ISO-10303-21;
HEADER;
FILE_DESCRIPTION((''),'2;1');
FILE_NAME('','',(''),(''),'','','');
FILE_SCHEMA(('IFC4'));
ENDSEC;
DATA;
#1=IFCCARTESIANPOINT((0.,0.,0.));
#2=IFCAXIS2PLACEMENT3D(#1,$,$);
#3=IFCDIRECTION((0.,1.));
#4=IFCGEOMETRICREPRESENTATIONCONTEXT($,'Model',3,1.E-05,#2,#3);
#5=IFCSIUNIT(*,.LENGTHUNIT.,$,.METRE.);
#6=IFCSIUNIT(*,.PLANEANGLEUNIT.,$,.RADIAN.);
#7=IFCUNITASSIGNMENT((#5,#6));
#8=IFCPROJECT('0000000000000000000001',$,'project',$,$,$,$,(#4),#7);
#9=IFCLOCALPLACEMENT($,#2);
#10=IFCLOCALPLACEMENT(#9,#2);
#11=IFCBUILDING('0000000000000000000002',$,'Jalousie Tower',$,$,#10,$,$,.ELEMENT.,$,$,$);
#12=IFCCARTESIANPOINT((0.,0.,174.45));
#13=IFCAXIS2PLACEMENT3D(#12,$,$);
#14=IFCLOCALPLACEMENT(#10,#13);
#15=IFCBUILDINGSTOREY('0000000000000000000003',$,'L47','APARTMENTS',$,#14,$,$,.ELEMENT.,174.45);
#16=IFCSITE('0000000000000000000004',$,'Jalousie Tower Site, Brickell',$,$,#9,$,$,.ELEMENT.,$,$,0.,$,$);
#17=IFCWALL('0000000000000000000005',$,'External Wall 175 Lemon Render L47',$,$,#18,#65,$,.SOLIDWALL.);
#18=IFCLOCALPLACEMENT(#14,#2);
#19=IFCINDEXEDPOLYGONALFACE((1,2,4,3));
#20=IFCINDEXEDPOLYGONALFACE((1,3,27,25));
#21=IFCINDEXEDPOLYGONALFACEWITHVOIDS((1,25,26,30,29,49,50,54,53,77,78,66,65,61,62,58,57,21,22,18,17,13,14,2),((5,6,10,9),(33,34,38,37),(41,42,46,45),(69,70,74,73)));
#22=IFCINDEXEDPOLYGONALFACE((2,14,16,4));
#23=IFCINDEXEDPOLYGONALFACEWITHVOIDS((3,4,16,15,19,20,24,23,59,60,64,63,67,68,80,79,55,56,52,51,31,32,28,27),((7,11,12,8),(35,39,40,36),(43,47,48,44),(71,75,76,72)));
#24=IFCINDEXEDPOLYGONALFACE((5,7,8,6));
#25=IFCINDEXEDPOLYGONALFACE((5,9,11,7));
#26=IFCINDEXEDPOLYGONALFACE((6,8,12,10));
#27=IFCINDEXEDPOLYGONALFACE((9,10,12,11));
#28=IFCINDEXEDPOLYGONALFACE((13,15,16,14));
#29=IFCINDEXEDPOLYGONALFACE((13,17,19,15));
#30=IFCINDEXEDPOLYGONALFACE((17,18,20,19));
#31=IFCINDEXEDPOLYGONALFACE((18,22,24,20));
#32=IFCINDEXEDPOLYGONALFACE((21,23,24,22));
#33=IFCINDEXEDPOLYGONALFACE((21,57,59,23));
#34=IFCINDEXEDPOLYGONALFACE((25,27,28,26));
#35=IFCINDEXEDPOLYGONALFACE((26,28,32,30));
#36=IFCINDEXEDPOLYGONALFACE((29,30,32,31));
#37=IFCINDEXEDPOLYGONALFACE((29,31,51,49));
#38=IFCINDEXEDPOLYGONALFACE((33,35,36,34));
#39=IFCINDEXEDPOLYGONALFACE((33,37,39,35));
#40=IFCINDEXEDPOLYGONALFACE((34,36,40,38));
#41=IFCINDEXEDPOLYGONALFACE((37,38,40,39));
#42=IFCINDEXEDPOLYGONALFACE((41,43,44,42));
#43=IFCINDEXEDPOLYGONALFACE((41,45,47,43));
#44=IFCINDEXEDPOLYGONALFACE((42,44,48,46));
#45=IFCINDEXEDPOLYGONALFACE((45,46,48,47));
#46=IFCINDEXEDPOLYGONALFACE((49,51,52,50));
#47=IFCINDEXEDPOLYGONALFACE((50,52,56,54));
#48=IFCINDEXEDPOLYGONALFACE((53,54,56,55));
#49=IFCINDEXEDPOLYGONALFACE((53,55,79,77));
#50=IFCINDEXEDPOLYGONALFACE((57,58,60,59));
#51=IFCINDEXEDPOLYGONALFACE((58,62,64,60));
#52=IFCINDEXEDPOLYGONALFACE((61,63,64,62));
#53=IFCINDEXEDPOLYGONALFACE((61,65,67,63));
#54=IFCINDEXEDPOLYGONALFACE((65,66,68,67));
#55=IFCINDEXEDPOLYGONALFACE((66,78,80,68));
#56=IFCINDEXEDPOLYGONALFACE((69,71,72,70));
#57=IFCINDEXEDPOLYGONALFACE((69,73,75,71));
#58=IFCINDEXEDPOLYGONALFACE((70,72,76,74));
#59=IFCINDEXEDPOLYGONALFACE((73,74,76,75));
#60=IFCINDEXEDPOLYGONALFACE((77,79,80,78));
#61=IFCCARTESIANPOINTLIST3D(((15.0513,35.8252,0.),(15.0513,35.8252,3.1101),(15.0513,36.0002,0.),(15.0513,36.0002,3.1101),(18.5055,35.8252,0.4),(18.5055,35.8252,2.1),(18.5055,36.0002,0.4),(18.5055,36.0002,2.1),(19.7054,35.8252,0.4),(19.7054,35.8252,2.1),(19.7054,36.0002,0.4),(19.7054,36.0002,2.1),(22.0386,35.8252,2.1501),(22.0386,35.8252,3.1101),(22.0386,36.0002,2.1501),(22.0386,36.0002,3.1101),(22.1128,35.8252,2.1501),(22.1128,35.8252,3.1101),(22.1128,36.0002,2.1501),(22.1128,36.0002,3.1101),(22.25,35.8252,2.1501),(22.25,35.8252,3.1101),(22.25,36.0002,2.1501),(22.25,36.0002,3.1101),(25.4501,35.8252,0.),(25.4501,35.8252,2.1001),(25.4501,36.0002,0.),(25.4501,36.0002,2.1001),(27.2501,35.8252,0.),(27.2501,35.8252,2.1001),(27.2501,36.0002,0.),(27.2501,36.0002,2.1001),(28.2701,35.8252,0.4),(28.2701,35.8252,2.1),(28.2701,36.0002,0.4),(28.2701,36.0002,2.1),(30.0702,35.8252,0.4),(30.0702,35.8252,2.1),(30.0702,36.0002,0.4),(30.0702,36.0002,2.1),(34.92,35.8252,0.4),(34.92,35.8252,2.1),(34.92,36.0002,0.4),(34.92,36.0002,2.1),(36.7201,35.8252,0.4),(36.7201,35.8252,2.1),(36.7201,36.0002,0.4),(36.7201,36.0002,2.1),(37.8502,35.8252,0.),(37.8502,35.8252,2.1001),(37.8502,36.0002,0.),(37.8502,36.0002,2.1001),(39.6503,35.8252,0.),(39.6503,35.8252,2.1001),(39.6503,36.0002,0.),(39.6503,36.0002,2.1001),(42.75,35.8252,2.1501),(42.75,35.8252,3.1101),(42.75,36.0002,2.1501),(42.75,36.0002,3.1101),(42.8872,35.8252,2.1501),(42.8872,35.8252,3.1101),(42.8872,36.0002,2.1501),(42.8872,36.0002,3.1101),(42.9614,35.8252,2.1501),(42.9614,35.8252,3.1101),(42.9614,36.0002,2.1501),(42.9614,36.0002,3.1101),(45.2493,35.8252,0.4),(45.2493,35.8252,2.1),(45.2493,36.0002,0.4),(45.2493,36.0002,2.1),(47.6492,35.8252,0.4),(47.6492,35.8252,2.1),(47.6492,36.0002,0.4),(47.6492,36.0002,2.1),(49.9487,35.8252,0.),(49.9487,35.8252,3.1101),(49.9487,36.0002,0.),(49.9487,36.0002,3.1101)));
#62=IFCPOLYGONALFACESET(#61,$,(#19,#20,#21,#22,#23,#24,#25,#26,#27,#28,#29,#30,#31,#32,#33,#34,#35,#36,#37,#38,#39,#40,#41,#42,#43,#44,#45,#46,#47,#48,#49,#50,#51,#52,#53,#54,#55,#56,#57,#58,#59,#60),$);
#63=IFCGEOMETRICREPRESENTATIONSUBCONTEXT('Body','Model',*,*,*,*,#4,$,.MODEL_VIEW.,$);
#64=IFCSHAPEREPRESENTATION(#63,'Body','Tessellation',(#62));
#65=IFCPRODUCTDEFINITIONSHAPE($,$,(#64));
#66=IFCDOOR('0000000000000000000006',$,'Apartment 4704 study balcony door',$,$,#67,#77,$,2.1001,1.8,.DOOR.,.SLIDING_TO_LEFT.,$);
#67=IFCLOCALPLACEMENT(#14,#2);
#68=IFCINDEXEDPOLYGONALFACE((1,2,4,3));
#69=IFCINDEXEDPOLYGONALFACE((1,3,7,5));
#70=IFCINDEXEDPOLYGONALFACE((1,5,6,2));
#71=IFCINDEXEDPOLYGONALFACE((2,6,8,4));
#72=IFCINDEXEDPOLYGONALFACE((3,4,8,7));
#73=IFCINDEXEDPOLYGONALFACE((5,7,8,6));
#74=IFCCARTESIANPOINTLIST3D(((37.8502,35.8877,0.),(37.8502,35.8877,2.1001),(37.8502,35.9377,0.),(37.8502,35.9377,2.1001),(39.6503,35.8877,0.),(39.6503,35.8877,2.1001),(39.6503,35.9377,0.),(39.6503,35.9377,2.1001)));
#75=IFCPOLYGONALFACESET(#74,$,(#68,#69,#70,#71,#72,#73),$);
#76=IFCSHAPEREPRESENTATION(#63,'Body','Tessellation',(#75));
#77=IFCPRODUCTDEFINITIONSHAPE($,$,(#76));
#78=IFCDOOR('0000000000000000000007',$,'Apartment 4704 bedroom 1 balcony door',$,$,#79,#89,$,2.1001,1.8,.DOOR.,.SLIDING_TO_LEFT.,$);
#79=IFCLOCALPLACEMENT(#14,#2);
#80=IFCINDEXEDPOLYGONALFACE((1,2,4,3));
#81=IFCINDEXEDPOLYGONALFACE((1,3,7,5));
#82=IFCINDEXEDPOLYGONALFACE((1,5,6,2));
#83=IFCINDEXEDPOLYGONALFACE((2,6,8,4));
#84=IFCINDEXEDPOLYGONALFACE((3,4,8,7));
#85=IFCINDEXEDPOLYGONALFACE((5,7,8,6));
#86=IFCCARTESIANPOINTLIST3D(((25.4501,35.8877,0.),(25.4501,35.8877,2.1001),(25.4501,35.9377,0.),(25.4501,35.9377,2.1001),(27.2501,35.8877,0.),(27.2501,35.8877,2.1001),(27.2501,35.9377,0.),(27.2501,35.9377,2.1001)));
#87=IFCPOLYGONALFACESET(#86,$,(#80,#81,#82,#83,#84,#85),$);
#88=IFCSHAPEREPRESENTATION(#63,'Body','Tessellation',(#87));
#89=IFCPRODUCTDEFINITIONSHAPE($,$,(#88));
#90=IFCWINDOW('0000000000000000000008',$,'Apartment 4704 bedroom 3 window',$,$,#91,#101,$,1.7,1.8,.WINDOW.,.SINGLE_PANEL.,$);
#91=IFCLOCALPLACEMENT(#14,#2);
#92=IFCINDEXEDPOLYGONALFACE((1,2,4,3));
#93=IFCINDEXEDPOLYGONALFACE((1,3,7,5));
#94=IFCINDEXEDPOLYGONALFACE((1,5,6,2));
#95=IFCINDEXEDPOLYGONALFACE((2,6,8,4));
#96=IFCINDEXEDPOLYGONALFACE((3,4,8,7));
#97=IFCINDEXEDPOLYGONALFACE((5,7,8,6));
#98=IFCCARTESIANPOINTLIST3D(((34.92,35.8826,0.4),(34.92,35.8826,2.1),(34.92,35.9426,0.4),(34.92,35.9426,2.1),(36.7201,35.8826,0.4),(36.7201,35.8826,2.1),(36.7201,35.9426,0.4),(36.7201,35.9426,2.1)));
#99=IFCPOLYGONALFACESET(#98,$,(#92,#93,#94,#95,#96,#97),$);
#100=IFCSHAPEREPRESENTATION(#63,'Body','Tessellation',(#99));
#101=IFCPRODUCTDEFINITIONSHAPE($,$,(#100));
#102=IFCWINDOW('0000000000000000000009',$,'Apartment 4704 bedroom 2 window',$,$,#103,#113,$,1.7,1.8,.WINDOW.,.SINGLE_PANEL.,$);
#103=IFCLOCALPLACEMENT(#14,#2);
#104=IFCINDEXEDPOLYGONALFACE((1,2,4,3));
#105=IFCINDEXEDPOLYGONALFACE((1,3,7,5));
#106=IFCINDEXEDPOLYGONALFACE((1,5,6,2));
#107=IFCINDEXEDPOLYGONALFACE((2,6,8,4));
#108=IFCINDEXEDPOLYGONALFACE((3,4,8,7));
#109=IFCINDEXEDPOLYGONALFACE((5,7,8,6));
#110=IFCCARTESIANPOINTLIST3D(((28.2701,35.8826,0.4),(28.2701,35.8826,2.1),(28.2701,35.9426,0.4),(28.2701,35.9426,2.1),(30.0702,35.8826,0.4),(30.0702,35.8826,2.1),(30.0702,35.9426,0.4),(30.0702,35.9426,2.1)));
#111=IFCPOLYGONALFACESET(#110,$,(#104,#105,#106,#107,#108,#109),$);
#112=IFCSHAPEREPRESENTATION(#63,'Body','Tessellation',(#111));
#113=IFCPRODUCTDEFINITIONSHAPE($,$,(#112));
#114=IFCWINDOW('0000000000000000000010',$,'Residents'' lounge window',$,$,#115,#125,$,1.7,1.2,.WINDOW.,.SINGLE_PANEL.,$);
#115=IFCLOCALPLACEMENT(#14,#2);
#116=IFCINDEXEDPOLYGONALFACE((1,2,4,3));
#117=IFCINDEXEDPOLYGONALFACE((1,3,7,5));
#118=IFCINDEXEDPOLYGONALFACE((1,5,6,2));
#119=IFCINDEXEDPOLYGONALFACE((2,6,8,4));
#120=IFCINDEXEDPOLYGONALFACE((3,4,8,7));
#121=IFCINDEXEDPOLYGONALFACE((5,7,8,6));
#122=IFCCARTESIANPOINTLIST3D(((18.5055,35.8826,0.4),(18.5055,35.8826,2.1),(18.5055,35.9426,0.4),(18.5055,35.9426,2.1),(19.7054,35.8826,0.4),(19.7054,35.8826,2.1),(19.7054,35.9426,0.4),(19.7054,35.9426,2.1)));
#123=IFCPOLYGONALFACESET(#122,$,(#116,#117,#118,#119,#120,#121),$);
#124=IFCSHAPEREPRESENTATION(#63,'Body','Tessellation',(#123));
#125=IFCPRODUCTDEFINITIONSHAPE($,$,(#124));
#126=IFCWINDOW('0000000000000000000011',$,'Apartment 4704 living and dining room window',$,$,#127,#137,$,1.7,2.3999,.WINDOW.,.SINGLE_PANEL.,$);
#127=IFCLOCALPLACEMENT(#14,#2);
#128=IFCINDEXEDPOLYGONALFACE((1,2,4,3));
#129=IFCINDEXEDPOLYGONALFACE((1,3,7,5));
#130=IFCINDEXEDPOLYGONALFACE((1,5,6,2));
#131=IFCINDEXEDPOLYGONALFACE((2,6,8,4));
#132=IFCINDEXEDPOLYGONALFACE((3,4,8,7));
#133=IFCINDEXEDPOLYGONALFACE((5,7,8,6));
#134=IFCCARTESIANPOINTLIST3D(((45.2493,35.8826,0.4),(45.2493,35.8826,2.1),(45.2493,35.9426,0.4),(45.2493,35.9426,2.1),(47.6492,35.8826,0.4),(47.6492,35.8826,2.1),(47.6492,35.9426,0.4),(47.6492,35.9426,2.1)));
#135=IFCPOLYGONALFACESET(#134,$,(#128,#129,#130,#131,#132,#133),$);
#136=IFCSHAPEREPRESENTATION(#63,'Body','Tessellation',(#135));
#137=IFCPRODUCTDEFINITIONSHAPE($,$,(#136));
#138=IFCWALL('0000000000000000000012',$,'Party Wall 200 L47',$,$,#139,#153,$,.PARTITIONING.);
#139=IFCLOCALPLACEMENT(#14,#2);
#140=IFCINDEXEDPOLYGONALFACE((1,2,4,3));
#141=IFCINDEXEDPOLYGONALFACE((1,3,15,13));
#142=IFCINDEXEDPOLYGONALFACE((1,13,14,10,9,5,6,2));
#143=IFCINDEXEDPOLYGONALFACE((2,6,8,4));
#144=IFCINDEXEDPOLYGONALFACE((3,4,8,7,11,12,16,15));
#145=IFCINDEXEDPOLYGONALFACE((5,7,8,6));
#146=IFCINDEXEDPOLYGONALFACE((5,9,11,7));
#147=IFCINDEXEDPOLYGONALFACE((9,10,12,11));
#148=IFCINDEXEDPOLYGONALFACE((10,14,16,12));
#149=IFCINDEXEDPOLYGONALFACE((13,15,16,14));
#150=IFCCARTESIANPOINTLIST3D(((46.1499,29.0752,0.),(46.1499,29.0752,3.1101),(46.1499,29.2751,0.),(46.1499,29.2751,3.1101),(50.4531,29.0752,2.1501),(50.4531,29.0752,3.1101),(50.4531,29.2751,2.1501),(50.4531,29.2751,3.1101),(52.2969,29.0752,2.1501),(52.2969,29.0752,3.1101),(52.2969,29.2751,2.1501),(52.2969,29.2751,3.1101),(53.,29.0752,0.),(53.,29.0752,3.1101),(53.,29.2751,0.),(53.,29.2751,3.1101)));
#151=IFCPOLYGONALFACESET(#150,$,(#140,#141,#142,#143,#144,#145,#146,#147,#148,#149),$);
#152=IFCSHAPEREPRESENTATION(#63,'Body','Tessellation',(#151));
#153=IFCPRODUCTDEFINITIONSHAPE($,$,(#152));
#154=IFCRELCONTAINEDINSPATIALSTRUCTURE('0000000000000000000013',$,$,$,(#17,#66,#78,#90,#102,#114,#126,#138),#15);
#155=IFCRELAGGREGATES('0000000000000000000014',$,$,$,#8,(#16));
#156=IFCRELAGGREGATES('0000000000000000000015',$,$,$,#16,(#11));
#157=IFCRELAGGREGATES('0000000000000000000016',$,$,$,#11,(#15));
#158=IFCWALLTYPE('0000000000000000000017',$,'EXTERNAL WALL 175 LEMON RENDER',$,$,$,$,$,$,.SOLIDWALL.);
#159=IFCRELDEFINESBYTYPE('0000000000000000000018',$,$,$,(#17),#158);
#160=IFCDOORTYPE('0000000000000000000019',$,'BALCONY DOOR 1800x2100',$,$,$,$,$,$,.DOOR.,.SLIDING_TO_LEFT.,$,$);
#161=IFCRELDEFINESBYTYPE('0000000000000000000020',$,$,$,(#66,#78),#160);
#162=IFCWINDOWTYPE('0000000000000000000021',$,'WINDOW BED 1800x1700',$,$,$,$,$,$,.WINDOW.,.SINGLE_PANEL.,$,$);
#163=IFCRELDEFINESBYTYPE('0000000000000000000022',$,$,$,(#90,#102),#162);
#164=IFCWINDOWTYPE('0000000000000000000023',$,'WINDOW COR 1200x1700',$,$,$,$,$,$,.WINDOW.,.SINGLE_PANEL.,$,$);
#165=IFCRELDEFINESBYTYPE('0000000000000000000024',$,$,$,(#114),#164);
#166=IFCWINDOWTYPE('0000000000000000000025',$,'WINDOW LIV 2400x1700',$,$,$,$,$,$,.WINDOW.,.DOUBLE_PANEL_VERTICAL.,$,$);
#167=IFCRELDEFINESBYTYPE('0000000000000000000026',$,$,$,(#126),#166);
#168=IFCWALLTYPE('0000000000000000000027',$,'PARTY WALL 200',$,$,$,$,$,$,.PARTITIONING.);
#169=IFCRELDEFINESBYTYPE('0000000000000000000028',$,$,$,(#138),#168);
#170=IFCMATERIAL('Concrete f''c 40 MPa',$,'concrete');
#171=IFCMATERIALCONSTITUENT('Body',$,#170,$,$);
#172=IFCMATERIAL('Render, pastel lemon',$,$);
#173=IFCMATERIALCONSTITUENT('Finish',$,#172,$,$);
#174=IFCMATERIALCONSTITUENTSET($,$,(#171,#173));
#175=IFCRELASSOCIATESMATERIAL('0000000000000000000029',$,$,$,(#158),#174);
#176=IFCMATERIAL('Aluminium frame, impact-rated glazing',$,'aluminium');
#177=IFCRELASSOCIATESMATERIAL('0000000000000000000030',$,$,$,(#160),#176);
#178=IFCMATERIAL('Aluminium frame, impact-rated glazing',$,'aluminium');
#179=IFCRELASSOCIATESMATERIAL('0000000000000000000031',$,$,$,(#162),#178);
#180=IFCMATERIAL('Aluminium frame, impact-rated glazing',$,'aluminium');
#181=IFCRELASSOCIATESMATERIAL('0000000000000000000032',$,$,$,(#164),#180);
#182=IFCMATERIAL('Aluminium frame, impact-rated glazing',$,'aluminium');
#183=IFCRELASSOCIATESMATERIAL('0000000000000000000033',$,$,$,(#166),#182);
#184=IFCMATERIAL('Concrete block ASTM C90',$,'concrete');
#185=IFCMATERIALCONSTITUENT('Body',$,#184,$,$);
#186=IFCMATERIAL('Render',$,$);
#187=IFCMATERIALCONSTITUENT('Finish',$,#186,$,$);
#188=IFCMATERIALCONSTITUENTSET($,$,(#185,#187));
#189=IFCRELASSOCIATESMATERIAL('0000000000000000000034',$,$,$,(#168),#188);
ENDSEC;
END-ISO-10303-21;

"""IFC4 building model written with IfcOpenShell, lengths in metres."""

from ifc_helpers import new_model, si_unit, direction, frame, frame_2d, origin, place, context, subcontext, project, spatial, polyline, rectangle, outline, extrude, material, constituent, constituent_set, type_object, element, fill, save


model = new_model("IFC4")

# Units and contexts
model_context = context("Model", 3, precision=1e-05, world=origin(), true_north=direction((0.0, 1.0)))
body_context = subcontext(model_context, "Body", "Model", "MODEL_VIEW")
ifc_project = project(units=[si_unit("LENGTHUNIT", "METRE"), si_unit("PLANEANGLEUNIT", "RADIAN")], contexts=[model_context])

# Site, building, storey
site_placement = place(None, origin())
site = spatial("IfcSite", under=ifc_project, at=site_placement, Name="Jalousie Tower Site, Brickell", CompositionType="ELEMENT", RefElevation=0.0)
building_placement = place(site_placement, origin())
building = spatial("IfcBuilding", under=site, at=building_placement, Name="Jalousie Tower", CompositionType="ELEMENT")
storey_placement = place(building_placement, frame((0.0, 0.0, 174.45)))
storey = spatial("IfcBuildingStorey", under=building, at=storey_placement, Name="L47", Description="APARTMENTS", CompositionType="ELEMENT", Elevation=174.45)

# Wall, openings, doors, windows
ifc_material_1 = material(Name="Concrete f'c 40 MPa", Category="concrete")
ifc_constituent_1 = constituent(ifc_material_1, Name="Body")
ifc_material_2 = material(Name="Render, pastel lemon")
ifc_constituent_2 = constituent(ifc_material_2, Name="Finish")
ifc_constituent_set_1 = constituent_set(constituents=[ifc_constituent_1, ifc_constituent_2])
wall_type_1 = type_object("IfcWallType", Name="EXTERNAL WALL 175 LEMON RENDER", PredefinedType="SOLIDWALL", material=ifc_constituent_set_1)
wall_1_placement = place(storey_placement, frame((49.9487, 35.9126, 0.0), z_axis=(0.0, 0.0, 1.0), x_axis=(-1.0, 0.0, 0.0)))
wall_1 = element("IfcWall", 1, at=wall_1_placement, inside=storey, type_object=wall_type_1, Name="External Wall 175 Lemon Render L47", PredefinedType="SOLIDWALL", context=body_context, shape_type="SweptSolid", body=[
    extrude(outline(polyline([(0.0, 0.0), (34.8975, 0.0), (34.8975, 3.1101), (27.9102, 3.1101), (27.9102, 2.1501), (27.8359, 2.1501), (27.8359, 3.1101), (27.6987, 3.1101), (27.6987, 2.1501), (7.1987, 2.1501), (7.1987, 3.1101), (7.0615, 3.1101), (7.0615, 2.1501), (6.9873, 2.1501), (6.9873, 3.1101), (0.0, 3.1101), (0.0, 0.0)])), frame((0.0, 0.0874, 0.0), z_axis=(0.0, -1.0, 0.0), x_axis=(1.0, 0.0, 0.0)), (0.0, 0.0, 1.0), 0.175),
])
opening_1_placement = place(wall_1_placement, frame((2.2996, 0.0, 0.3999)))
opening_1 = element("IfcOpeningElement", 2, at=opening_1_placement, cuts=wall_1, PredefinedType="OPENING", context=body_context, shape_type="SweptSolid", body=[
    extrude(rectangle(XDim=2.3999, YDim=1.7, at=frame_2d((1.2, 0.8501))), frame((0.0, 0.0974, 0.0), z_axis=(0.0, -1.0, 0.0), x_axis=(1.0, 0.0, 0.0)), (0.0, 0.0, 1.0), 0.1951),
])
opening_2_placement = place(wall_1_placement, frame((10.2986, 0.0, 0.0)))
opening_2 = element("IfcOpeningElement", 3, at=opening_2_placement, cuts=wall_1, PredefinedType="OPENING", context=body_context, shape_type="SweptSolid", body=[
    extrude(rectangle(XDim=1.8, YDim=2.1001, at=frame_2d((0.8999, 1.05))), frame((0.0, 0.0974, 0.0), z_axis=(0.0, -1.0, 0.0), x_axis=(1.0, 0.0, 0.0)), (0.0, 0.0, 1.0), 0.1951),
])
opening_3_placement = place(wall_1_placement, frame((13.2288, 0.0, 0.3999)))
opening_3 = element("IfcOpeningElement", 4, at=opening_3_placement, cuts=wall_1, PredefinedType="OPENING", context=body_context, shape_type="SweptSolid", body=[
    extrude(rectangle(XDim=1.8, YDim=1.7, at=frame_2d((0.8999, 0.8501))), frame((0.0, 0.0974, 0.0), z_axis=(0.0, -1.0, 0.0), x_axis=(1.0, 0.0, 0.0)), (0.0, 0.0, 1.0), 0.1951),
])
opening_4_placement = place(wall_1_placement, frame((19.8787, 0.0, 0.3999)))
opening_4 = element("IfcOpeningElement", 5, at=opening_4_placement, cuts=wall_1, PredefinedType="OPENING", context=body_context, shape_type="SweptSolid", body=[
    extrude(rectangle(XDim=1.8, YDim=1.7, at=frame_2d((0.8999, 0.8501))), frame((0.0, 0.0974, 0.0), z_axis=(0.0, -1.0, 0.0), x_axis=(1.0, 0.0, 0.0)), (0.0, 0.0, 1.0), 0.1951),
])
opening_5_placement = place(wall_1_placement, frame((22.6987, 0.0, 0.0)))
opening_5 = element("IfcOpeningElement", 6, at=opening_5_placement, cuts=wall_1, PredefinedType="OPENING", context=body_context, shape_type="SweptSolid", body=[
    extrude(rectangle(XDim=1.8, YDim=2.1001, at=frame_2d((0.8999, 1.05))), frame((0.0, 0.0974, 0.0), z_axis=(0.0, -1.0, 0.0), x_axis=(1.0, 0.0, 0.0)), (0.0, 0.0, 1.0), 0.1951),
])
opening_6_placement = place(wall_1_placement, frame((30.2432, 0.0, 0.3999)))
opening_6 = element("IfcOpeningElement", 7, at=opening_6_placement, cuts=wall_1, PredefinedType="OPENING", context=body_context, shape_type="SweptSolid", body=[
    extrude(rectangle(XDim=1.2, YDim=1.7, at=frame_2d((0.6001, 0.8501))), frame((0.0, 0.0974, 0.0), z_axis=(0.0, -1.0, 0.0), x_axis=(1.0, 0.0, 0.0)), (0.0, 0.0, 1.0), 0.1951),
])
ifc_material_3 = material(Name="Aluminium frame, impact-rated glazing", Category="aluminium")
door_type = type_object("IfcDoorType", Name="BALCONY DOOR 1800x2100", OperationType="SLIDING_TO_LEFT", PredefinedType="DOOR", material=ifc_material_3)
door_1_placement = place(opening_2_placement, origin())
door_1 = element("IfcDoor", 8, at=door_1_placement, inside=storey, type_object=door_type, Name="Apartment 4704 study balcony door", OperationType="SLIDING_TO_LEFT", OverallHeight=2.1001, OverallWidth=1.8, PredefinedType="DOOR", context=body_context, shape_type="SweptSolid", body=[
    extrude(rectangle(XDim=1.8, YDim=2.1001, at=frame_2d((0.8999, 1.05))), frame((0.0, 0.0249, 0.0), z_axis=(0.0, -1.0, 0.0), x_axis=(1.0, 0.0, 0.0)), (0.0, 0.0, 1.0), 0.05),
])
fill(opening_2, door_1)
door_2_placement = place(opening_5_placement, origin())
door_2 = element("IfcDoor", 9, at=door_2_placement, inside=storey, type_object=door_type, Name="Apartment 4704 bedroom 1 balcony door", OperationType="SLIDING_TO_LEFT", OverallHeight=2.1001, OverallWidth=1.8, PredefinedType="DOOR", context=body_context, shape_type="SweptSolid", body=[
    extrude(rectangle(XDim=1.8, YDim=2.1001, at=frame_2d((0.8999, 1.05))), frame((0.0, 0.0249, 0.0), z_axis=(0.0, -1.0, 0.0), x_axis=(1.0, 0.0, 0.0)), (0.0, 0.0, 1.0), 0.05),
])
fill(opening_5, door_2)
ifc_material_4 = material(Name="Aluminium frame, impact-rated glazing", Category="aluminium")
window_type_1 = type_object("IfcWindowType", Name="WINDOW BED 1800x1700", PartitioningType="SINGLE_PANEL", PredefinedType="WINDOW", material=ifc_material_4)
window_1_placement = place(opening_3_placement, origin())
window_1 = element("IfcWindow", 10, at=window_1_placement, inside=storey, type_object=window_type_1, Name="Apartment 4704 bedroom 3 window", OverallHeight=1.7, OverallWidth=1.8, PartitioningType="SINGLE_PANEL", PredefinedType="WINDOW", context=body_context, shape_type="SweptSolid", body=[
    extrude(rectangle(XDim=1.8, YDim=1.7, at=frame_2d((0.8999, 0.8501))), frame((0.0, 0.03, 0.0), z_axis=(0.0, -1.0, 0.0), x_axis=(1.0, 0.0, 0.0)), (0.0, 0.0, 1.0), 0.0601),
])
fill(opening_3, window_1)
window_2_placement = place(opening_4_placement, origin())
window_2 = element("IfcWindow", 11, at=window_2_placement, inside=storey, type_object=window_type_1, Name="Apartment 4704 bedroom 2 window", OverallHeight=1.7, OverallWidth=1.8, PartitioningType="SINGLE_PANEL", PredefinedType="WINDOW", context=body_context, shape_type="SweptSolid", body=[
    extrude(rectangle(XDim=1.8, YDim=1.7, at=frame_2d((0.8999, 0.8501))), frame((0.0, 0.03, 0.0), z_axis=(0.0, -1.0, 0.0), x_axis=(1.0, 0.0, 0.0)), (0.0, 0.0, 1.0), 0.0601),
])
fill(opening_4, window_2)
ifc_material_5 = material(Name="Aluminium frame, impact-rated glazing", Category="aluminium")
window_type_2 = type_object("IfcWindowType", Name="WINDOW COR 1200x1700", PartitioningType="SINGLE_PANEL", PredefinedType="WINDOW", material=ifc_material_5)
window_3_placement = place(opening_6_placement, origin())
window_3 = element("IfcWindow", 12, at=window_3_placement, inside=storey, type_object=window_type_2, Name="Residents' lounge window", OverallHeight=1.7, OverallWidth=1.2, PartitioningType="SINGLE_PANEL", PredefinedType="WINDOW", context=body_context, shape_type="SweptSolid", body=[
    extrude(rectangle(XDim=1.2, YDim=1.7, at=frame_2d((0.6001, 0.8501))), frame((0.0, 0.03, 0.0), z_axis=(0.0, -1.0, 0.0), x_axis=(1.0, 0.0, 0.0)), (0.0, 0.0, 1.0), 0.0601),
])
fill(opening_6, window_3)
ifc_material_6 = material(Name="Aluminium frame, impact-rated glazing", Category="aluminium")
window_type_3 = type_object("IfcWindowType", Name="WINDOW LIV 2400x1700", PartitioningType="DOUBLE_PANEL_VERTICAL", PredefinedType="WINDOW", material=ifc_material_6)
window_4_placement = place(opening_1_placement, origin())
window_4 = element("IfcWindow", 13, at=window_4_placement, inside=storey, type_object=window_type_3, Name="Apartment 4704 living and dining room window", OverallHeight=1.7, OverallWidth=2.3999, PartitioningType="SINGLE_PANEL", PredefinedType="WINDOW", context=body_context, shape_type="SweptSolid", body=[
    extrude(rectangle(XDim=2.3999, YDim=1.7, at=frame_2d((1.2, 0.8501))), frame((0.0, 0.03, 0.0), z_axis=(0.0, -1.0, 0.0), x_axis=(1.0, 0.0, 0.0)), (0.0, 0.0, 1.0), 0.0601),
])
fill(opening_1, window_4)

# Wall
ifc_material_7 = material(Name="Concrete block ASTM C90", Category="concrete")
ifc_constituent_3 = constituent(ifc_material_7, Name="Body")
ifc_material_8 = material(Name="Render")
ifc_constituent_4 = constituent(ifc_material_8, Name="Finish")
ifc_constituent_set_2 = constituent_set(constituents=[ifc_constituent_3, ifc_constituent_4])
wall_type_2 = type_object("IfcWallType", Name="PARTY WALL 200", PredefinedType="PARTITIONING", material=ifc_constituent_set_2)
wall_2_placement = place(storey_placement, frame((46.1499, 29.175, 0.0), z_axis=(0.0, 0.0, 1.0), x_axis=(1.0, 0.0, 0.0)))
element("IfcWall", 14, at=wall_2_placement, inside=storey, type_object=wall_type_2, Name="Party Wall 200 L47", PredefinedType="PARTITIONING", context=body_context, shape_type="SweptSolid", body=[
    extrude(outline(polyline([(0.0, 0.0), (6.8501, 0.0), (6.8501, 3.1101), (6.147, 3.1101), (6.147, 2.1501), (4.3032, 2.1501), (4.3032, 3.1101), (0.0, 3.1101), (0.0, 0.0)])), frame((0.0, 0.1001, 0.0), z_axis=(0.0, -1.0, 0.0), x_axis=(1.0, 0.0, 0.0)), (0.0, 0.0, 1.0), 0.2),
])

save(model, "model.ifc")
